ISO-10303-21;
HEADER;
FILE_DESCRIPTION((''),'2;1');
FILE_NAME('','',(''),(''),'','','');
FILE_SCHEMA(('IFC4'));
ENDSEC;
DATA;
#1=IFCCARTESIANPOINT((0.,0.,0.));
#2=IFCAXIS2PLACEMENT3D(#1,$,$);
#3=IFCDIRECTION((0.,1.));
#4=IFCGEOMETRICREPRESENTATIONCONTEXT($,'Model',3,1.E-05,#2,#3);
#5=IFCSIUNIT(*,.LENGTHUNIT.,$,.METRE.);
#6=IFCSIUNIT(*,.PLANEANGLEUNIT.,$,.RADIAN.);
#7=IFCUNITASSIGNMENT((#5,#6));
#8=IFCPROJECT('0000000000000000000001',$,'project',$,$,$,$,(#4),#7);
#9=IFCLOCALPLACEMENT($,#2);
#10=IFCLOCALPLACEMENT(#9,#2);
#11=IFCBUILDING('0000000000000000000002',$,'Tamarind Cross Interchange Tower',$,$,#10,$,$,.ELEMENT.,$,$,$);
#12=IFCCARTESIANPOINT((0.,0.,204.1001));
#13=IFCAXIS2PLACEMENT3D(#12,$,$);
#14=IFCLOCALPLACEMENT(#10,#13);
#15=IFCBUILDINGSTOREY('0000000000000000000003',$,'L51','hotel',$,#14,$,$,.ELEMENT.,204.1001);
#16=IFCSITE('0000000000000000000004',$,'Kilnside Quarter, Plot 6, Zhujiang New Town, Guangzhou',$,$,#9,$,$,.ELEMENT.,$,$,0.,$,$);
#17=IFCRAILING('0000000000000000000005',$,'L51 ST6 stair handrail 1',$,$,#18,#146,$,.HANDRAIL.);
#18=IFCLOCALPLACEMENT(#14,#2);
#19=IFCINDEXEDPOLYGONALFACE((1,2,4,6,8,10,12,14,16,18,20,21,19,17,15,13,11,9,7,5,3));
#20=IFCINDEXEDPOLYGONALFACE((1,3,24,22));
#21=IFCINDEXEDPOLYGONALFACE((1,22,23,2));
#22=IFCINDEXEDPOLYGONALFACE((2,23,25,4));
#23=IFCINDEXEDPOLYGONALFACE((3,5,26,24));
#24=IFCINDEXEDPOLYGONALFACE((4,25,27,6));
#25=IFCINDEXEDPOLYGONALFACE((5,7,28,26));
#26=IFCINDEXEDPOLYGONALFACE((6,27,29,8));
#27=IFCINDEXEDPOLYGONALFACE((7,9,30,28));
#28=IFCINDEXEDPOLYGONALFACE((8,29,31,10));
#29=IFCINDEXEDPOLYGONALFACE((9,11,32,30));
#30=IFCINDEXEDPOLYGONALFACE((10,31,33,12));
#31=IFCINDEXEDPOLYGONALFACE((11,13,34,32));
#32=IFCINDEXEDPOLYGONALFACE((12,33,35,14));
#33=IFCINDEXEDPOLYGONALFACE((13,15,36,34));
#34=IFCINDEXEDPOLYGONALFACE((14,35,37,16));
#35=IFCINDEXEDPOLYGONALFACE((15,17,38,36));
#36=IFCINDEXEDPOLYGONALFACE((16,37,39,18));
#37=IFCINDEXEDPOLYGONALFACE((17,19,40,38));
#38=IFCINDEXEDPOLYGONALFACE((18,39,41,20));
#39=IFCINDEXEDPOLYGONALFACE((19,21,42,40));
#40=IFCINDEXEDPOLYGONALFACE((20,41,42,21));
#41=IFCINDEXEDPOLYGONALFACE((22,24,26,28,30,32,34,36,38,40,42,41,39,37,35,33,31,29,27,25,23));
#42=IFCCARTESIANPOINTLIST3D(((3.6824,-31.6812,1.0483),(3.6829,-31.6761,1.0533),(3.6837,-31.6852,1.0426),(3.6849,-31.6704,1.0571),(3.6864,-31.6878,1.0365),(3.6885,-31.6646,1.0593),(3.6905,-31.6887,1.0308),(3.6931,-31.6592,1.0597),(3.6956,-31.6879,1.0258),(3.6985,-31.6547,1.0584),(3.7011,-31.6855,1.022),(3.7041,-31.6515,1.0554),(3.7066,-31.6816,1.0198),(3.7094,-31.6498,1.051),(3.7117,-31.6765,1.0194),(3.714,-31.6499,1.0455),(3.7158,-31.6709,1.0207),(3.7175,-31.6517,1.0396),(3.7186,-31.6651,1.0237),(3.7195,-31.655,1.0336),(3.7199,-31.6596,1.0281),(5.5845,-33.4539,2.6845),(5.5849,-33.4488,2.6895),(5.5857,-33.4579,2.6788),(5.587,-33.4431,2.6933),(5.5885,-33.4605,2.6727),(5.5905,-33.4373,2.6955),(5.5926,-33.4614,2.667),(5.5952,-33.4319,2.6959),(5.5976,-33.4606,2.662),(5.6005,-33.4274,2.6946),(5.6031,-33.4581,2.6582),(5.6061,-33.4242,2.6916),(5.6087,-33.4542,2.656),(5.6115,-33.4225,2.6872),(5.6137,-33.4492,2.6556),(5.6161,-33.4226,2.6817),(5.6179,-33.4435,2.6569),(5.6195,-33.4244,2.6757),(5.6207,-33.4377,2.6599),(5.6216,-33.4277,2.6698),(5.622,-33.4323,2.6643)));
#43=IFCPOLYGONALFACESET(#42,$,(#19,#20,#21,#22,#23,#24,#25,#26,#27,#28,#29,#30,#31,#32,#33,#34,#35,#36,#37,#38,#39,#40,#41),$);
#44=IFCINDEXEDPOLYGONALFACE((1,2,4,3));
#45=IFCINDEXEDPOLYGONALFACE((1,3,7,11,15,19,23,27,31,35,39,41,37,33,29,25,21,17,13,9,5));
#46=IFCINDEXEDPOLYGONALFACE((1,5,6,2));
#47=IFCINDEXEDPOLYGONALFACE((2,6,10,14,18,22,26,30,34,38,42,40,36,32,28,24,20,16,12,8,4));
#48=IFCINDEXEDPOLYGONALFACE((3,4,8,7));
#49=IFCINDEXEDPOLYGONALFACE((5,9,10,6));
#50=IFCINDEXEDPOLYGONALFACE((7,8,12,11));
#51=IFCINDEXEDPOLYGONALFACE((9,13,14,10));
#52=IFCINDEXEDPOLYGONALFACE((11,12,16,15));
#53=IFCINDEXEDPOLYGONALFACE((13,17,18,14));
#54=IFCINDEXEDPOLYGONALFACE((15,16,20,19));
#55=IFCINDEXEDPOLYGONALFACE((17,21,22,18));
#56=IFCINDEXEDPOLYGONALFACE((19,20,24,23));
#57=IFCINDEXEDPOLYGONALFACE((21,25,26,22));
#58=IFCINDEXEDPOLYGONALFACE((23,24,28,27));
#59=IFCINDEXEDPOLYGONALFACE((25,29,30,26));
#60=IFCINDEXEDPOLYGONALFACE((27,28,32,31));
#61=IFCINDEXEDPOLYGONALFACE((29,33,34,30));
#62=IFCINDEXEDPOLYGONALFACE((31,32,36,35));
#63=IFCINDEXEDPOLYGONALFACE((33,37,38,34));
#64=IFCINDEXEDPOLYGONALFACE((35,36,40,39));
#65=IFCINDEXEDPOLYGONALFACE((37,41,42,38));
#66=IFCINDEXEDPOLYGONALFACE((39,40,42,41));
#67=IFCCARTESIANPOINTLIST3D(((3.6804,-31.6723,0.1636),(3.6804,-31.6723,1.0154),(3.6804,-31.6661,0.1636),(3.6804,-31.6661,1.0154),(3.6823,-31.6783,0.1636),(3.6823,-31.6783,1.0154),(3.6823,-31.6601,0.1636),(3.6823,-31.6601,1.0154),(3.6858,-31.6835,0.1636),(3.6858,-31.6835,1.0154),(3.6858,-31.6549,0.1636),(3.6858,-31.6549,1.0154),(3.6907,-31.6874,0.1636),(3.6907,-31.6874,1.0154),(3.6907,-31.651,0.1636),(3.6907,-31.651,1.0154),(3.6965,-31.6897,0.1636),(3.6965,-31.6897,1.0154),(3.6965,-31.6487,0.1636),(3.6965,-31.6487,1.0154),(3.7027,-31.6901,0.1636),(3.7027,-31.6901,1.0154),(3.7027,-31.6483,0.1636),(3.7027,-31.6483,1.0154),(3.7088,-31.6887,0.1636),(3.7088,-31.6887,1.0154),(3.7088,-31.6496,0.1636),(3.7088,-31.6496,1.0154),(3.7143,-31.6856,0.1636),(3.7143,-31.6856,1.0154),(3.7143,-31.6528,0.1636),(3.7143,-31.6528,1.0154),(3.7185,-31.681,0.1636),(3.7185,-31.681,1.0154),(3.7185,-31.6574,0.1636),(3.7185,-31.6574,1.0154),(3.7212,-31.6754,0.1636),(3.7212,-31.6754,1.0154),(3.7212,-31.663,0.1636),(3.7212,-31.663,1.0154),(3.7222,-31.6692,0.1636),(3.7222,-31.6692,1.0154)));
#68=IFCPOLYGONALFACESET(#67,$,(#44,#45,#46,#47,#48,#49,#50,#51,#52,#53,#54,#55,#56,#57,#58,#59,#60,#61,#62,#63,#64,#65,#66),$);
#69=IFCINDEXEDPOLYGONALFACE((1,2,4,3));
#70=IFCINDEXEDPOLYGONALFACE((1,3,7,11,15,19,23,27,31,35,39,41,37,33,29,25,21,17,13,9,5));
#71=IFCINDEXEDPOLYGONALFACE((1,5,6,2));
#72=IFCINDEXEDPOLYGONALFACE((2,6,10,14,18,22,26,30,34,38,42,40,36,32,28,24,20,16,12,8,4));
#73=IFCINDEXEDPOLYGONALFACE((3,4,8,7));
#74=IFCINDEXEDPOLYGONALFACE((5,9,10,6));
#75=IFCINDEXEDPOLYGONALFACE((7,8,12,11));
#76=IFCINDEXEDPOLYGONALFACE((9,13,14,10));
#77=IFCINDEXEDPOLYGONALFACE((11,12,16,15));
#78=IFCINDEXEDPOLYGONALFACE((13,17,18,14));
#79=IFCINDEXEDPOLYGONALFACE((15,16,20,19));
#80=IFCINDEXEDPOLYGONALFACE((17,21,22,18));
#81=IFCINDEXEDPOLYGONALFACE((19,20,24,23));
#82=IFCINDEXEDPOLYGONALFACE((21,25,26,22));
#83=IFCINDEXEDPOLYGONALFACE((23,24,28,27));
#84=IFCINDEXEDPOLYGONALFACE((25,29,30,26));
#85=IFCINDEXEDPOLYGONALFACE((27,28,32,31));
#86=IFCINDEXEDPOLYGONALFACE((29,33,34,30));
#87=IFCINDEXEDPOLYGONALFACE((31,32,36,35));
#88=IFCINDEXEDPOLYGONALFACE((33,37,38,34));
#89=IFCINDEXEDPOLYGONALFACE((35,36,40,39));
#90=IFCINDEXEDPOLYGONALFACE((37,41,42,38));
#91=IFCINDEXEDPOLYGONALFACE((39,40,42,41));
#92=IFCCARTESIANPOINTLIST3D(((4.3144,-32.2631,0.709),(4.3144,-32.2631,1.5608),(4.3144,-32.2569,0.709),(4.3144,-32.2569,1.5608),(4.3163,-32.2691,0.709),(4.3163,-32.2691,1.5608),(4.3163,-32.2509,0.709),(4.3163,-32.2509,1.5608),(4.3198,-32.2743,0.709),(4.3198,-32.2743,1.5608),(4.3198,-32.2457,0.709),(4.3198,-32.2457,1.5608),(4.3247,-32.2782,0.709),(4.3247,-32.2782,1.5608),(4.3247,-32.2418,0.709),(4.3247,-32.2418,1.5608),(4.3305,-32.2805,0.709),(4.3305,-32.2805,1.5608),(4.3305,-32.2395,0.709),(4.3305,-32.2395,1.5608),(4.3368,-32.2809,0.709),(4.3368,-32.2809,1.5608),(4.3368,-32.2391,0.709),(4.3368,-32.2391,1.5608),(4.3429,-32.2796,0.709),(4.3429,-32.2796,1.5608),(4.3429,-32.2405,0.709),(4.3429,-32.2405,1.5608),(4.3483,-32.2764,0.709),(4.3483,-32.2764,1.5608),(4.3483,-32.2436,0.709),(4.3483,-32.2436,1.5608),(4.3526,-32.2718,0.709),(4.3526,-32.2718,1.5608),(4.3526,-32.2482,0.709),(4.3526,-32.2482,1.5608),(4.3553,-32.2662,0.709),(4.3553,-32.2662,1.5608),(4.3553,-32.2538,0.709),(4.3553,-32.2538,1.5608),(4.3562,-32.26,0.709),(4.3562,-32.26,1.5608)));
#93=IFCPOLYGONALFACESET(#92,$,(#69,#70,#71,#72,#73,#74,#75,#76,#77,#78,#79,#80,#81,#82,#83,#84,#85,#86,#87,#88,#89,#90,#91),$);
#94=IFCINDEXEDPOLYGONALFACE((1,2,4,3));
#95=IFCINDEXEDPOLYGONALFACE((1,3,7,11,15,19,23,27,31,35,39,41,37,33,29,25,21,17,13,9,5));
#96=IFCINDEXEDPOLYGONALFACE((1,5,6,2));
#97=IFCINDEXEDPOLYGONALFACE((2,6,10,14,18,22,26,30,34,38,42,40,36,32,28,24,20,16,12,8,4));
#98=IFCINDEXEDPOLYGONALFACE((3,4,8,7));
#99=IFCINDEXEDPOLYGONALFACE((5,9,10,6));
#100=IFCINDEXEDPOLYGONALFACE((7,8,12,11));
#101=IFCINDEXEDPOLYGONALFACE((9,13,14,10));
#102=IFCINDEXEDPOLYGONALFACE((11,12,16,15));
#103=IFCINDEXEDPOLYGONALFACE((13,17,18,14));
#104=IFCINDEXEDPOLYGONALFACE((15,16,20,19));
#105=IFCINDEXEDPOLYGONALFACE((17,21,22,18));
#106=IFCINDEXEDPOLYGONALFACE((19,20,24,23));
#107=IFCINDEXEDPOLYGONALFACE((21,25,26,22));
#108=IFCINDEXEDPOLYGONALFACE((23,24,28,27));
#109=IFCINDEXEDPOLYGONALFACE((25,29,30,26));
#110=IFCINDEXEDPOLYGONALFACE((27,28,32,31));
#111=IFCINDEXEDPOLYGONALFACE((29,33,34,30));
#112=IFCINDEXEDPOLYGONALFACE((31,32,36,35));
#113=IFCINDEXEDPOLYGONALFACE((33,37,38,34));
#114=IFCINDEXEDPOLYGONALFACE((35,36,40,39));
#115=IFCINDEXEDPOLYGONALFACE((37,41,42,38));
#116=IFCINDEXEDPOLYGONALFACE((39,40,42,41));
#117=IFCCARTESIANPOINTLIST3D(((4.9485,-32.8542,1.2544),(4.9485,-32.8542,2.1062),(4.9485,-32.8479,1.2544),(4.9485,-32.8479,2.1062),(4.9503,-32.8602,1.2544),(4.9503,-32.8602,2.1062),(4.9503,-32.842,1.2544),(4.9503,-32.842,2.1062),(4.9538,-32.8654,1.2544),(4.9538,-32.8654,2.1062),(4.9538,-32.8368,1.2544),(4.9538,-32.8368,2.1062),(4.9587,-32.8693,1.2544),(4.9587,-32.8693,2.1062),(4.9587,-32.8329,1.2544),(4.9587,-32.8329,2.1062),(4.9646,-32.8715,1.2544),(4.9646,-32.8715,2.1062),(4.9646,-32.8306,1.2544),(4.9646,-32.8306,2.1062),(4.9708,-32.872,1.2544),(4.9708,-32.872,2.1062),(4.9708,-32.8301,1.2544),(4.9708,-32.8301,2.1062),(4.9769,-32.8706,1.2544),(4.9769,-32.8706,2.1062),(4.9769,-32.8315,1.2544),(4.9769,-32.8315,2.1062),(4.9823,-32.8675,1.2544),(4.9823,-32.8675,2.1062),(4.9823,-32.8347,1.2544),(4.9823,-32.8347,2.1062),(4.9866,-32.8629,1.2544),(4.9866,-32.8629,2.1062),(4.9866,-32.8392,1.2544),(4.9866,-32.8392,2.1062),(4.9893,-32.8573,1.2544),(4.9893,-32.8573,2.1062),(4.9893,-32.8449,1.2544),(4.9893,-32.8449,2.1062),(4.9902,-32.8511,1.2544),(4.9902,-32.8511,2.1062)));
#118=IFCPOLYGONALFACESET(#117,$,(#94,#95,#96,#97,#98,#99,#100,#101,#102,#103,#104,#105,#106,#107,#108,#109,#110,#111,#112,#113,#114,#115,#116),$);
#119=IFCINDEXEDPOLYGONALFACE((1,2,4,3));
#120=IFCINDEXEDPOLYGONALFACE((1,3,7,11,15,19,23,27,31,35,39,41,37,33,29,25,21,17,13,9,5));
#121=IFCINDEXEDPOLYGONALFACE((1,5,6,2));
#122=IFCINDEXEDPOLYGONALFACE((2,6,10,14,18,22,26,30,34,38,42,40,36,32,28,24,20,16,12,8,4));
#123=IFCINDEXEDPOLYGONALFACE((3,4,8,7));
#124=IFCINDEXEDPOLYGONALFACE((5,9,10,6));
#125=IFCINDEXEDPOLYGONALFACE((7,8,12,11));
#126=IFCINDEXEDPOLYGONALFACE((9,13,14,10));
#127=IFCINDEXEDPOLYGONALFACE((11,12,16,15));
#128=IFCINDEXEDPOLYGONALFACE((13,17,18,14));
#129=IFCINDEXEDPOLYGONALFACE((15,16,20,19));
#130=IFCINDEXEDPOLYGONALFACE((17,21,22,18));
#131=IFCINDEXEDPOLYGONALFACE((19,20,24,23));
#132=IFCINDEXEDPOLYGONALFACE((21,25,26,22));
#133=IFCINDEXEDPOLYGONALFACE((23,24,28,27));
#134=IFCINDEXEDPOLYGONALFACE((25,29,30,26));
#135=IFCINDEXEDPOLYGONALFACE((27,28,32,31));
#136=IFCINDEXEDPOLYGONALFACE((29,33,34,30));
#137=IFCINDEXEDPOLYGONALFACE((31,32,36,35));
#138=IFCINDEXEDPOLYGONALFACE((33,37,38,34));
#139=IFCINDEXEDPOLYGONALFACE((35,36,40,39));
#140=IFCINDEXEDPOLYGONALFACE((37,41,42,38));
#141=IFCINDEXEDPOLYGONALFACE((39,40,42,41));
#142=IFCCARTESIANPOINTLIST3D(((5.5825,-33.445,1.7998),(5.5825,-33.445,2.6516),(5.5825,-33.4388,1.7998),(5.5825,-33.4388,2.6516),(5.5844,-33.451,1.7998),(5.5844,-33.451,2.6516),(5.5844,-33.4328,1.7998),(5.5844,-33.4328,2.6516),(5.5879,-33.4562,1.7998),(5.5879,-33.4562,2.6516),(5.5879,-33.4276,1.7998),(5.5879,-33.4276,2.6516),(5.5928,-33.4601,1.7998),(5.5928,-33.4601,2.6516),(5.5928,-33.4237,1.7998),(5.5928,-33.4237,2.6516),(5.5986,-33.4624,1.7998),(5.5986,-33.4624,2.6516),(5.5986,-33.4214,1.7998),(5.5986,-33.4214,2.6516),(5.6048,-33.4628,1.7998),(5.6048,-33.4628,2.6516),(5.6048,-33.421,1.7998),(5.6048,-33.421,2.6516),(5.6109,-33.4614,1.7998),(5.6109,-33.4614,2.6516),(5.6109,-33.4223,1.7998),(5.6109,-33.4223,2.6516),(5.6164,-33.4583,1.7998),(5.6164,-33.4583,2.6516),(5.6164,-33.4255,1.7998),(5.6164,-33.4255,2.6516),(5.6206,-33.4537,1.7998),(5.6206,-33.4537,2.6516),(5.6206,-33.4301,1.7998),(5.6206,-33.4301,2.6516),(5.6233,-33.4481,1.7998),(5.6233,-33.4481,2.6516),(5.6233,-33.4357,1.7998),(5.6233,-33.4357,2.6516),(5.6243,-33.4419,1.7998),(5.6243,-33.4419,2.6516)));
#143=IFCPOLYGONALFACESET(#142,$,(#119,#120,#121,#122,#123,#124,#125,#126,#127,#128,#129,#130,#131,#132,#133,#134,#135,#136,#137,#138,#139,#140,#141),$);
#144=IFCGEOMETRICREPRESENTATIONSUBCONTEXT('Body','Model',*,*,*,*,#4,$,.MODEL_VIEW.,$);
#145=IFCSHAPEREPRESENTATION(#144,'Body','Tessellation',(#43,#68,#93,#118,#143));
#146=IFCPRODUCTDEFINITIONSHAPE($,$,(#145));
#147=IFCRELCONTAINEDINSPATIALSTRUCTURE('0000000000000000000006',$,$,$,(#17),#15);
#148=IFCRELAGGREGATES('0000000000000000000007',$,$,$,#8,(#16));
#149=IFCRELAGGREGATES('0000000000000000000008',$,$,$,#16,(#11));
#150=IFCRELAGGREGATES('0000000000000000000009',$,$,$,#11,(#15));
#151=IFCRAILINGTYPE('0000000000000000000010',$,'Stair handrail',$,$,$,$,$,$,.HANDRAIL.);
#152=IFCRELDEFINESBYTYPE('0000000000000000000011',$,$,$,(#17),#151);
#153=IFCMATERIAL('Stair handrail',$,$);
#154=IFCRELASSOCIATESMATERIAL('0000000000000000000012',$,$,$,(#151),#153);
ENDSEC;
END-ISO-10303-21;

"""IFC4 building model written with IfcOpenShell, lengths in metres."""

from ifc_helpers import new_model, si_unit, direction, frame, origin, origin_2d, place, context, subcontext, project, spatial, circle, extrude, material, type_object, element, save


model = new_model("IFC4")

# Units and contexts
model_context = context("Model", 3, precision=1e-05, world=origin(), true_north=direction((0.0, 1.0)))
body_context = subcontext(model_context, "Body", "Model", "MODEL_VIEW")
ifc_project = project(units=[si_unit("LENGTHUNIT", "METRE"), si_unit("PLANEANGLEUNIT", "RADIAN")], contexts=[model_context])

# Site, building, storey
site_placement = place(None, origin())
site = spatial("IfcSite", under=ifc_project, at=site_placement, Name="Kilnside Quarter, Plot 6, Zhujiang New Town, Guangzhou", CompositionType="ELEMENT", RefElevation=0.0)
building_placement = place(site_placement, origin())
building = spatial("IfcBuilding", under=site, at=building_placement, Name="Tamarind Cross Interchange Tower", CompositionType="ELEMENT")
storey_placement = place(building_placement, frame((0.0, 0.0, 204.1001)))
storey = spatial("IfcBuildingStorey", under=building, at=storey_placement, Name="L51", Description="hotel", CompositionType="ELEMENT", Elevation=204.1001)

# Railing
ifc_material_1 = material(Name="Stair handrail")
railing_type_1 = type_object("IfcRailingType", Name="Stair handrail", PredefinedType="HANDRAIL", material=ifc_material_1)
railing_1_placement = place(storey_placement, frame((3.7012, -31.6692, 0.1636)))
element("IfcRailing", 1, at=railing_1_placement, inside=storey, type_object=railing_type_1, Name="L51 ST6 stair handrail 1", PredefinedType="HANDRAIL", context=body_context, shape_type="SweptSolid", body=[
    extrude(circle(Radius=0.0239, at=origin_2d()), frame((0.0, 0.0, 0.876), z_axis=(0.619156, -0.577036, 0.532612), x_axis=(0.681786, 0.731552, 0.0)), (0.0, 0.0, 1.0), 3.072),
    extrude(circle(Radius=0.021, at=origin_2d()), origin(), (0.0, 0.0, 1.0), 0.8518),
    extrude(circle(Radius=0.021, at=origin_2d()), frame((0.634, -0.5908, 0.5454)), (0.0, 0.0, 1.0), 0.8518),
    extrude(circle(Radius=0.021, at=origin_2d()), frame((1.2681, -1.1819, 1.0908)), (0.0, 0.0, 1.0), 0.8518),
    extrude(circle(Radius=0.021, at=origin_2d()), frame((1.9021, -1.7727, 1.6362)), (0.0, 0.0, 1.0), 0.8518),
])

save(model, "model.ifc")
